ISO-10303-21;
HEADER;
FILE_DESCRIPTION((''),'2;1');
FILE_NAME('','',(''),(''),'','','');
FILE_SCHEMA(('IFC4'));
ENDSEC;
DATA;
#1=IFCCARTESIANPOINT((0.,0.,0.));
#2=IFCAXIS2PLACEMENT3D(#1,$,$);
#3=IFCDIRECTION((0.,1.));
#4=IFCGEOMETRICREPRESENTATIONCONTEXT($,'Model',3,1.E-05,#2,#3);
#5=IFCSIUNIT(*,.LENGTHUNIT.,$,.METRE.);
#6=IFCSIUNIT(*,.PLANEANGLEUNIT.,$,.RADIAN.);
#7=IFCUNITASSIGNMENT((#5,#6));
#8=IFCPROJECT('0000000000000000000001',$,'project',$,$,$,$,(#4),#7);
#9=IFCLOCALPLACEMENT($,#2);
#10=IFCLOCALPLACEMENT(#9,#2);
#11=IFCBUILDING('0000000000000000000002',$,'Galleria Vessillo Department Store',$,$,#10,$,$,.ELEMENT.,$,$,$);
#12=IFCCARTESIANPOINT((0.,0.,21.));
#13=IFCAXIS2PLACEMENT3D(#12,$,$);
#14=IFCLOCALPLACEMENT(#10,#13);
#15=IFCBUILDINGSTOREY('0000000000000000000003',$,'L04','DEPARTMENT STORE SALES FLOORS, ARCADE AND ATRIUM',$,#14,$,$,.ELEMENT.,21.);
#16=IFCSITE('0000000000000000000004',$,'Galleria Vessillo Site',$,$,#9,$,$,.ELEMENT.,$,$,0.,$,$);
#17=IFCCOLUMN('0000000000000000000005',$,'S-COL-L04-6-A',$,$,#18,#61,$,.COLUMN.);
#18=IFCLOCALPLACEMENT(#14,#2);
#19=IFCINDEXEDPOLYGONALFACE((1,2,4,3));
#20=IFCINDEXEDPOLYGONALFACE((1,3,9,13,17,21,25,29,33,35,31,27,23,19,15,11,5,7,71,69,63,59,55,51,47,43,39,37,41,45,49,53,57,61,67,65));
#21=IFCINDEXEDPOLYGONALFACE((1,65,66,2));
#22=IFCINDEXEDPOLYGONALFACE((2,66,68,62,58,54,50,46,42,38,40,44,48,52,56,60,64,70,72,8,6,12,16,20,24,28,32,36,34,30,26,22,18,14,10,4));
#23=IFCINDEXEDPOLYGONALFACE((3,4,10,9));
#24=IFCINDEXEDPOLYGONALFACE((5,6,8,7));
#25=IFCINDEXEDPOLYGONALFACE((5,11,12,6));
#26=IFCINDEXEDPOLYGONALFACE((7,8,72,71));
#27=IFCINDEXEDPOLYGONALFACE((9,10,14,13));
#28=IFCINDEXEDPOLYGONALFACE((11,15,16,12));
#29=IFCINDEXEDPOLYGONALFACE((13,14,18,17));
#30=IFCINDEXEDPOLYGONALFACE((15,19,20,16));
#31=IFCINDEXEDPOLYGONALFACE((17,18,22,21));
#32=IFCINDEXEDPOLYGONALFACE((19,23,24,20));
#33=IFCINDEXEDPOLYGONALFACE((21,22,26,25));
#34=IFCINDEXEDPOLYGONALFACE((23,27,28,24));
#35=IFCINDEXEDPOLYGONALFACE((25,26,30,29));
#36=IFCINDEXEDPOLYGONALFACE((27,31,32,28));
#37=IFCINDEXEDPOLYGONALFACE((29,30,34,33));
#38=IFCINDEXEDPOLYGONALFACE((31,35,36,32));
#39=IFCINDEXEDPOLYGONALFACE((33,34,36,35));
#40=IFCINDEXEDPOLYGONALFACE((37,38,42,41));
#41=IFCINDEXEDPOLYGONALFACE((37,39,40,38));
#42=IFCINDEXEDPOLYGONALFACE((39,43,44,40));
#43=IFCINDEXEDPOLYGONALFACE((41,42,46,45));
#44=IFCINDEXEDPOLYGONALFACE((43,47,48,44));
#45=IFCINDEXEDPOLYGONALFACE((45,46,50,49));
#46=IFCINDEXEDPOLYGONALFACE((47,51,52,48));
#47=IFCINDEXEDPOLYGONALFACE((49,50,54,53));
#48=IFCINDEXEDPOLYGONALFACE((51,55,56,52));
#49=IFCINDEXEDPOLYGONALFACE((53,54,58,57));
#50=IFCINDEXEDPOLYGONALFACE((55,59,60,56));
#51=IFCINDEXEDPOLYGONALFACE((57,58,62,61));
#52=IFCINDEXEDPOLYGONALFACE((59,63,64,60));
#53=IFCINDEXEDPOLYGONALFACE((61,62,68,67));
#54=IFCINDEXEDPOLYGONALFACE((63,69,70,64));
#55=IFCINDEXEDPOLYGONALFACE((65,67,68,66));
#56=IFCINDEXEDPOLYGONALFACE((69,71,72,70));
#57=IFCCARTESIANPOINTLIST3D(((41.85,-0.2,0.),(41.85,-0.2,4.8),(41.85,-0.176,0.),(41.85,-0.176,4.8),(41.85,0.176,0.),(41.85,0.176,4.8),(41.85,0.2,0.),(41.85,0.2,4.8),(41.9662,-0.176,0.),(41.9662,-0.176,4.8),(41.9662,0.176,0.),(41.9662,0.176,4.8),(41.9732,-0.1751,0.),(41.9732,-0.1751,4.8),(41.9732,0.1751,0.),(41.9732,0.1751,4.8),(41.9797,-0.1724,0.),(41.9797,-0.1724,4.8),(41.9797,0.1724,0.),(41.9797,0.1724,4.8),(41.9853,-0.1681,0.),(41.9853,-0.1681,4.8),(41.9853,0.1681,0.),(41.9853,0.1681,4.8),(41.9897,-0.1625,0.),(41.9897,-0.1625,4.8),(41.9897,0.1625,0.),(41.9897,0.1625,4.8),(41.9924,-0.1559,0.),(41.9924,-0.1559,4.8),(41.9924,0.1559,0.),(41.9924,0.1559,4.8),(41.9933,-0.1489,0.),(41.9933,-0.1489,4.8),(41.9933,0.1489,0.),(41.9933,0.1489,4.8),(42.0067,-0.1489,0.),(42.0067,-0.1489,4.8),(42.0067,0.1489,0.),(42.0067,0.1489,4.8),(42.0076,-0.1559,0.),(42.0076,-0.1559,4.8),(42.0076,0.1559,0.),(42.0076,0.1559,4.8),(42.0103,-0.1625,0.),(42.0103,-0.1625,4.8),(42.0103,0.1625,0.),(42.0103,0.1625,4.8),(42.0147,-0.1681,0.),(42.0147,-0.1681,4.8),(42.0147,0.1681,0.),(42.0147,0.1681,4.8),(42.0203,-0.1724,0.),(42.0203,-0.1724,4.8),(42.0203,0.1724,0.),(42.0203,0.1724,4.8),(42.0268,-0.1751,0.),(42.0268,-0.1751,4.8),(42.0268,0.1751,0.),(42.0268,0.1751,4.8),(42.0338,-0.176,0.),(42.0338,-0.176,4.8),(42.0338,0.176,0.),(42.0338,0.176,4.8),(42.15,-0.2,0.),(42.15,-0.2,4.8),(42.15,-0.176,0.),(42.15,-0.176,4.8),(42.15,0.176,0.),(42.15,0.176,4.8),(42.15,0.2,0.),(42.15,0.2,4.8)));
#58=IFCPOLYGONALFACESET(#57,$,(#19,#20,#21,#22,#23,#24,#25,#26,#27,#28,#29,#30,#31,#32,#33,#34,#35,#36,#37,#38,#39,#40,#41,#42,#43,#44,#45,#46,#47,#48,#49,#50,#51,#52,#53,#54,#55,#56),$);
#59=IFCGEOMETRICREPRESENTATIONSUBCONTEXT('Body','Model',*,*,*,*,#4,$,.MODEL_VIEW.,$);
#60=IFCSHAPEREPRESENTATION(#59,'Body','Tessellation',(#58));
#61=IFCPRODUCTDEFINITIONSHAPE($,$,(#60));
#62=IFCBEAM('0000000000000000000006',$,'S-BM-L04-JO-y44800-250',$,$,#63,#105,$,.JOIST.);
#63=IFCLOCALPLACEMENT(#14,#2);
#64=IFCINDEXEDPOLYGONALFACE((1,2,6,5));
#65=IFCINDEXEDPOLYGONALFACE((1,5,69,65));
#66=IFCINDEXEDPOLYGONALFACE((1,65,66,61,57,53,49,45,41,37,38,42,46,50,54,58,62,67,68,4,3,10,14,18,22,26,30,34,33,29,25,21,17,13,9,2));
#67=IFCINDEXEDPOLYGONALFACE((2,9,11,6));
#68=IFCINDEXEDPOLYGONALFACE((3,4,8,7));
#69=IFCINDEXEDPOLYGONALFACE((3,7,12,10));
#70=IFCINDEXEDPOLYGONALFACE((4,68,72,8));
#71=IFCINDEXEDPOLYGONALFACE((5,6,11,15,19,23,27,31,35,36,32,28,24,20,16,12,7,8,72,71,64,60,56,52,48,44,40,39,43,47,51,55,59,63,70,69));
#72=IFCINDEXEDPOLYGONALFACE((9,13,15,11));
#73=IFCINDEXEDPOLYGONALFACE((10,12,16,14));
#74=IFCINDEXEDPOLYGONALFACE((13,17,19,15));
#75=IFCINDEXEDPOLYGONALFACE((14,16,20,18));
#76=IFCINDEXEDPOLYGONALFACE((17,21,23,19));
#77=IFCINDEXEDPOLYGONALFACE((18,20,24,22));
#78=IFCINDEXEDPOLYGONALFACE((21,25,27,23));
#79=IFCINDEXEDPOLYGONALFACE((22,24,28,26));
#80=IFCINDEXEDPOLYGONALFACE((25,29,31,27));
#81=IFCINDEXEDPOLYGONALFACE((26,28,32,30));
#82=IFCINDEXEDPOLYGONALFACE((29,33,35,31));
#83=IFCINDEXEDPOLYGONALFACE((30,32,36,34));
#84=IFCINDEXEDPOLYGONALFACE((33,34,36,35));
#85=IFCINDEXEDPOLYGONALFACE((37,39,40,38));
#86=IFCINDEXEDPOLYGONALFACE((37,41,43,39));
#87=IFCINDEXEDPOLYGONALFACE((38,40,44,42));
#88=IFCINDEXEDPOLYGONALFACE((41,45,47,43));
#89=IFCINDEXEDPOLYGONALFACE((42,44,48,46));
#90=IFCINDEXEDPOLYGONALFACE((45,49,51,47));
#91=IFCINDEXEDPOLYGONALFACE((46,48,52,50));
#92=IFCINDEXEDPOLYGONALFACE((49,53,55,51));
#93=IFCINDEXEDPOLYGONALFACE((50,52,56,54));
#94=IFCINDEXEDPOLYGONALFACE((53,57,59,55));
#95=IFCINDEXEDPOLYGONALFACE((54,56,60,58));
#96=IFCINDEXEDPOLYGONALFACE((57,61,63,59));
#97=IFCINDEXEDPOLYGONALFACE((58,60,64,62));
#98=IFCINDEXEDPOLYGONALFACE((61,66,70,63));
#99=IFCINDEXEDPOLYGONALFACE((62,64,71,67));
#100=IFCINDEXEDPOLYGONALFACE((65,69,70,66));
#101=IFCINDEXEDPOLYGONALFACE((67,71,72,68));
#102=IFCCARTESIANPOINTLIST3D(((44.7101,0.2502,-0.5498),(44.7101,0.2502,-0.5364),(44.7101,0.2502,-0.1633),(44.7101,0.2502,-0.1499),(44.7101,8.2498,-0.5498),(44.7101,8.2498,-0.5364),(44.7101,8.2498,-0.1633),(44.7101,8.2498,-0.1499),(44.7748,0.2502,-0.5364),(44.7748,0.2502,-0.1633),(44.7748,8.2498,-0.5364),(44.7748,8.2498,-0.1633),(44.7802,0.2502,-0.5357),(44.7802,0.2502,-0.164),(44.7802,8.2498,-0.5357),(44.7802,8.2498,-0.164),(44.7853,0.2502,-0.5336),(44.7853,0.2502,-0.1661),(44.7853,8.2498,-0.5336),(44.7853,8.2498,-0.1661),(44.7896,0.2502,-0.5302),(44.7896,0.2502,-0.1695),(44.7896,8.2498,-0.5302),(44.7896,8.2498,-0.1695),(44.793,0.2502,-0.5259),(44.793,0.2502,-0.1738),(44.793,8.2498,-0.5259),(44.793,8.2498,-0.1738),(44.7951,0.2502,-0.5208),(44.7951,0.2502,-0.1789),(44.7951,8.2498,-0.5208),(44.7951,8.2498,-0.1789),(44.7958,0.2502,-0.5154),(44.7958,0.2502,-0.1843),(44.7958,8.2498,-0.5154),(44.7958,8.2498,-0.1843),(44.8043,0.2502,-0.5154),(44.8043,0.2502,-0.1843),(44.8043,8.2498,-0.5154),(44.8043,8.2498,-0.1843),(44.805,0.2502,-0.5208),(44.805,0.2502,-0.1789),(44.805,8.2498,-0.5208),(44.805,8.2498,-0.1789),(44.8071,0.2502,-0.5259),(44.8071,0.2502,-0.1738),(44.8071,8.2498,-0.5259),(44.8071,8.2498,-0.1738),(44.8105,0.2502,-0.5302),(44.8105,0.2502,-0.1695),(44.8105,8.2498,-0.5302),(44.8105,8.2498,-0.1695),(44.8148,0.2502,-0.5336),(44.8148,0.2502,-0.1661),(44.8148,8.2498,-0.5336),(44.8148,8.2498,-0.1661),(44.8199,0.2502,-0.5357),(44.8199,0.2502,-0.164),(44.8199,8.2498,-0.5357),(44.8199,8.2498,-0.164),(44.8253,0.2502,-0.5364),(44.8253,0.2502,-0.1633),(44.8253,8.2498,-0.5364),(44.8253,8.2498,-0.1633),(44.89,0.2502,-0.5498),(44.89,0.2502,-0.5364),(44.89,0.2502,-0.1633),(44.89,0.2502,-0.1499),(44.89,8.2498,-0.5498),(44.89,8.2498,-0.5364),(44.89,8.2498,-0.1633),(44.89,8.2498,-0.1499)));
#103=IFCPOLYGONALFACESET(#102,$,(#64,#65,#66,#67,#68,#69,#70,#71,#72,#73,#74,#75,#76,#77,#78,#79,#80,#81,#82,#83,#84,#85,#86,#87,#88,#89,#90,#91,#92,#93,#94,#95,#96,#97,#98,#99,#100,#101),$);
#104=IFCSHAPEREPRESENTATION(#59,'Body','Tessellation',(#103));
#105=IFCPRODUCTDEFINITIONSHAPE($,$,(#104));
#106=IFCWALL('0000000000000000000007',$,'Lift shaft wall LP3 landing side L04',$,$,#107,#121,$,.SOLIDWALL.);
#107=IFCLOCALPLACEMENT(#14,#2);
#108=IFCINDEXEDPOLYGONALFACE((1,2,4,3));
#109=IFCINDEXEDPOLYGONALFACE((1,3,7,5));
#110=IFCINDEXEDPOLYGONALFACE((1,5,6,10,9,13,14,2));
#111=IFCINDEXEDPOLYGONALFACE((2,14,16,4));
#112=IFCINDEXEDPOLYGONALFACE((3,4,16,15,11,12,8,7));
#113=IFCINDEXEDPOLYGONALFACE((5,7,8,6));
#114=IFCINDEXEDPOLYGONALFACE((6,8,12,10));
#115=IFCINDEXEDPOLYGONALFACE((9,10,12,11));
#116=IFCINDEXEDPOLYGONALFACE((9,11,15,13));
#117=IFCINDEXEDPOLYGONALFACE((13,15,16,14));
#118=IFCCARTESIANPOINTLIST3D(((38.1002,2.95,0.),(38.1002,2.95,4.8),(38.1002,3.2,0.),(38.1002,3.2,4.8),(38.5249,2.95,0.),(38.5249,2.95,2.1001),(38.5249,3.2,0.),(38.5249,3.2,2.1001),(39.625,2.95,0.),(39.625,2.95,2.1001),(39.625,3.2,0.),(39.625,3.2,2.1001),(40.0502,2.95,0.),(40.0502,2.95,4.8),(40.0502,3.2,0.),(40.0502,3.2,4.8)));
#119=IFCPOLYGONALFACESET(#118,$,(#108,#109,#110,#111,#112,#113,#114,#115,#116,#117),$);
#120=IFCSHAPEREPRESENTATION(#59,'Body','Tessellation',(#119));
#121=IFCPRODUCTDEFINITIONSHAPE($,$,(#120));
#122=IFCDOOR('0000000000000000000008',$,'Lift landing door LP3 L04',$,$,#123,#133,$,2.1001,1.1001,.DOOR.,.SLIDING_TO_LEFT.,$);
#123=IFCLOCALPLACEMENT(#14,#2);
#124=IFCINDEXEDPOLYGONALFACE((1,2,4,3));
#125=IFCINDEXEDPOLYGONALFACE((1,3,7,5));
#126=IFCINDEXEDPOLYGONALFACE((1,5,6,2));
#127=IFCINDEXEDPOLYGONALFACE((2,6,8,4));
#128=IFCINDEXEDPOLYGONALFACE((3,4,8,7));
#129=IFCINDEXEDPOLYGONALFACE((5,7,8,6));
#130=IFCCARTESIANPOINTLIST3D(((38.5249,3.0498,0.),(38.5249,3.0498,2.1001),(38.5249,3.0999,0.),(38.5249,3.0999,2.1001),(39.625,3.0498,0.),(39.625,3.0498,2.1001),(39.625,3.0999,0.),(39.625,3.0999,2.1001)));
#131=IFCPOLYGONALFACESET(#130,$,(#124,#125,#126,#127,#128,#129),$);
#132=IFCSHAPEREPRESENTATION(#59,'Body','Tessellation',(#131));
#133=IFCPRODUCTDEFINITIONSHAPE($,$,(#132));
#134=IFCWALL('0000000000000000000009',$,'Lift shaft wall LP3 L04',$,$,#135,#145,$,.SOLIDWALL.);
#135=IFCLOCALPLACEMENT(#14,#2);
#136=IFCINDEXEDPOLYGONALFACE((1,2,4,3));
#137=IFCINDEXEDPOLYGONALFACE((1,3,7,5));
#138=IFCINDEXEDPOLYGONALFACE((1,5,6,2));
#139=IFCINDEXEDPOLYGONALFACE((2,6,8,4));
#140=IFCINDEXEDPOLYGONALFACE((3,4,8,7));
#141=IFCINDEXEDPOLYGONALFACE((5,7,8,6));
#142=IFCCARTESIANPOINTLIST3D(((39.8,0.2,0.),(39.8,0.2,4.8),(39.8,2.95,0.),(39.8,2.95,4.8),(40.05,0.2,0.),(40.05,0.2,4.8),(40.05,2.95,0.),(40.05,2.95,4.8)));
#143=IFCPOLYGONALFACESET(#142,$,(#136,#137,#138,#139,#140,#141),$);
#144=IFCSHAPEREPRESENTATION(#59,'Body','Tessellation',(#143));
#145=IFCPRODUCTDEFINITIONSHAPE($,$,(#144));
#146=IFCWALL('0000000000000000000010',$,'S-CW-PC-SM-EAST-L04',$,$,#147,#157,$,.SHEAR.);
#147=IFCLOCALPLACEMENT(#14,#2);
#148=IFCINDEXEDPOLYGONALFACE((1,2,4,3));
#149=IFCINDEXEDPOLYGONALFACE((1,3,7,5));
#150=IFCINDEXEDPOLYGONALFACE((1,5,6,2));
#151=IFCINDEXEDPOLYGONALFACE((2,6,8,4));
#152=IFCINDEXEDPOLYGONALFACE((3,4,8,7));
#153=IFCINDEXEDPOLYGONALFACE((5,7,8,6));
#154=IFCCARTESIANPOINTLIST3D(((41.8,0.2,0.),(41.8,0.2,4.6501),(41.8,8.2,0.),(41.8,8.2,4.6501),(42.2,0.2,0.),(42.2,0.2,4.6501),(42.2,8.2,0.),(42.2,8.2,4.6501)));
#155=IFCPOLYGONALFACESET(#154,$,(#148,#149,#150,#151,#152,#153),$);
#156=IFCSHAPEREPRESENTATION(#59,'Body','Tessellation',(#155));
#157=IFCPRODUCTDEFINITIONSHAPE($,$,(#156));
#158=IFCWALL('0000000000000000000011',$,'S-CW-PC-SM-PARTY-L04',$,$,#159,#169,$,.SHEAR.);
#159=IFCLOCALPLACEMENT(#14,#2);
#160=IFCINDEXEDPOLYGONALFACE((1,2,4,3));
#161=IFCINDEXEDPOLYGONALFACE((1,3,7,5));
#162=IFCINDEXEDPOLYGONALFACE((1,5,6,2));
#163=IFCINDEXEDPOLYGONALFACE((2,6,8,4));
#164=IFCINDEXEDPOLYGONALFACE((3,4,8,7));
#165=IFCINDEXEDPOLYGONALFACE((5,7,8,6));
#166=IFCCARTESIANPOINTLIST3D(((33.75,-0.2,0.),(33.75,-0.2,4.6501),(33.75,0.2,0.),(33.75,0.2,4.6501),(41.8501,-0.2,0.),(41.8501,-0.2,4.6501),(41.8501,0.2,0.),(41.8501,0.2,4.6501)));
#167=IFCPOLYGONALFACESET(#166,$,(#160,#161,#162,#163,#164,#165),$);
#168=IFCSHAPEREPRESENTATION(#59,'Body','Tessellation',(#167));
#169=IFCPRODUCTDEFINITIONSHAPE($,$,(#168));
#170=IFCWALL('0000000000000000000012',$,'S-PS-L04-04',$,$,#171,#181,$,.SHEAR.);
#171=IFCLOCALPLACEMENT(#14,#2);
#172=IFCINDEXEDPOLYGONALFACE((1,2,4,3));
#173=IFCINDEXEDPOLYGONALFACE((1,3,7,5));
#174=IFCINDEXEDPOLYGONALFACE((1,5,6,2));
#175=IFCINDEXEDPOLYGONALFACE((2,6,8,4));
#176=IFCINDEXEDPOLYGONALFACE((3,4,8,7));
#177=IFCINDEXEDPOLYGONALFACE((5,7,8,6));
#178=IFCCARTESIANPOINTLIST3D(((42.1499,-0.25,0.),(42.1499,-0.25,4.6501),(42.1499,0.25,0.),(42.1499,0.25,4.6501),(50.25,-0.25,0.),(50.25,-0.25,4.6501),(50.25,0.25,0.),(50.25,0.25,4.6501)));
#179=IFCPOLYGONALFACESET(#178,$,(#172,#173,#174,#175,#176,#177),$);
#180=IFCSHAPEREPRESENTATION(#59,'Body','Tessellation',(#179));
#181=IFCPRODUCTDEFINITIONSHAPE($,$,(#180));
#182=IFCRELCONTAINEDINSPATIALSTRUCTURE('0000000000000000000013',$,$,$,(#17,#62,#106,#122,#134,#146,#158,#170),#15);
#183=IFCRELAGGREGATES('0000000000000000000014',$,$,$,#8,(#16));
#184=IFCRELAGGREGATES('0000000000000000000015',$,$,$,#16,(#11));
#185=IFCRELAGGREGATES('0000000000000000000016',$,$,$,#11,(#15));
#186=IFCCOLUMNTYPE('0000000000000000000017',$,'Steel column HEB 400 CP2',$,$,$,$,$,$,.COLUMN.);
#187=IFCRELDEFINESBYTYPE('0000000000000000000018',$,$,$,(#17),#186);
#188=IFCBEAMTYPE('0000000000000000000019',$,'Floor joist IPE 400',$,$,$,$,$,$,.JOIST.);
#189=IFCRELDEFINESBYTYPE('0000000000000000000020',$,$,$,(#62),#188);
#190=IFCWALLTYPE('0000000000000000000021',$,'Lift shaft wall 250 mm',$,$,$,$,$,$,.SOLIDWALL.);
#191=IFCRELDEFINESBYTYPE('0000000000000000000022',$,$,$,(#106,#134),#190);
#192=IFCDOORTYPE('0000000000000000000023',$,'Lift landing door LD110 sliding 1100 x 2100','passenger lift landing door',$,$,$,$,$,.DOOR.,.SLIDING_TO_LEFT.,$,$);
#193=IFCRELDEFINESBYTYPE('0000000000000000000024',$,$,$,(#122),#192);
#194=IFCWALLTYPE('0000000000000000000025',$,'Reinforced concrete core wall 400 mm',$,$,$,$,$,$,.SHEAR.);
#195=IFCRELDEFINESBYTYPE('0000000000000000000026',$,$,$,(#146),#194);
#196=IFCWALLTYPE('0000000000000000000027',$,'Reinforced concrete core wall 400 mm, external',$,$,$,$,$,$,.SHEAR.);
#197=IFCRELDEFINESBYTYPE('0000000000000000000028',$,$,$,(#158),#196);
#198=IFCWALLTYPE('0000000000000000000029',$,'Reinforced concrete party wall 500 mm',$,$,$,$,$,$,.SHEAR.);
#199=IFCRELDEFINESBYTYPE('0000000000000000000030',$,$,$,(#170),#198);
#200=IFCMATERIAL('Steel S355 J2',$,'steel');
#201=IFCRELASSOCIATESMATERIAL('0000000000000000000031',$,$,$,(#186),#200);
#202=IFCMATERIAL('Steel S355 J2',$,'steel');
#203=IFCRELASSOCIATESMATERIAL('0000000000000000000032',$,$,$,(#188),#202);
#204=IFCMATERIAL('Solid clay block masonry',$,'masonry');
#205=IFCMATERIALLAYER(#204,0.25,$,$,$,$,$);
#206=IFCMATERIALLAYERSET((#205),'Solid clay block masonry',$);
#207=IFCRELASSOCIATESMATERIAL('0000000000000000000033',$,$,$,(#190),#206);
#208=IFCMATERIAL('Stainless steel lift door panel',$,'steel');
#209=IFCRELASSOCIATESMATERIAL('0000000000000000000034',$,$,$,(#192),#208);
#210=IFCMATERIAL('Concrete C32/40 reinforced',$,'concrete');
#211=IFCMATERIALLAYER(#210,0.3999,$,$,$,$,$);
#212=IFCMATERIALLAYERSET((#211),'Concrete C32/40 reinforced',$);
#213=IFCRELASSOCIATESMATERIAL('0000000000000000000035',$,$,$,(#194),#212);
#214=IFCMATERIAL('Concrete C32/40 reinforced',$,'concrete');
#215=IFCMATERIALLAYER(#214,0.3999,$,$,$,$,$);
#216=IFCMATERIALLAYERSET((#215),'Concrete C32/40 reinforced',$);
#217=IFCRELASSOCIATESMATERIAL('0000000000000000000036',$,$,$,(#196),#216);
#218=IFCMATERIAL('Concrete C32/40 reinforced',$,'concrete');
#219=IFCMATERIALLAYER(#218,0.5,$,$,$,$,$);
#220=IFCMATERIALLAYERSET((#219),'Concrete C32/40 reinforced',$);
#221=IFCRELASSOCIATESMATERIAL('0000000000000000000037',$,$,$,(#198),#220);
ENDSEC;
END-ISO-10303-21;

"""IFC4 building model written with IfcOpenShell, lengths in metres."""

from ifc_helpers import new_model, si_unit, direction, frame, frame_2d, origin, origin_2d, place, context, subcontext, project, spatial, rectangle, i_section, extrude, material, layer, layer_set, material_profile, profile_set, type_object, element, fill, save


model = new_model("IFC4")

# Units and contexts
model_context = context("Model", 3, precision=1e-05, world=origin(), true_north=direction((0.0, 1.0)))
body_context = subcontext(model_context, "Body", "Model", "MODEL_VIEW")
ifc_project = project(units=[si_unit("LENGTHUNIT", "METRE"), si_unit("PLANEANGLEUNIT", "RADIAN")], contexts=[model_context])

# Site, building, storey
site_placement = place(None, origin())
site = spatial("IfcSite", under=ifc_project, at=site_placement, Name="Galleria Vessillo Site", CompositionType="ELEMENT", RefElevation=0.0)
building_placement = place(site_placement, origin())
building = spatial("IfcBuilding", under=site, at=building_placement, Name="Galleria Vessillo Department Store", CompositionType="ELEMENT")
storey_placement = place(building_placement, frame((0.0, 0.0, 21.0)))
storey = spatial("IfcBuildingStorey", under=building, at=storey_placement, Name="L04", Description="DEPARTMENT STORE SALES FLOORS, ARCADE AND ATRIUM", CompositionType="ELEMENT", Elevation=21.0)

# Column
ifc_material_1 = material(Name="Steel S355 J2", Category="steel")
ifc_material_profile_1 = material_profile(ifc_material_1, i_section(OverallWidth=0.3, OverallDepth=0.3999, WebThickness=0.0134, FlangeThickness=0.0239, FilletRadius=0.0271, at=origin_2d()), Name="HEB 400")
ifc_profile_set_1 = profile_set([ifc_material_profile_1], Name="Steel S355 J2")
column_type = type_object("IfcColumnType", Name="Steel column HEB 400 CP2", PredefinedType="COLUMN", material=ifc_profile_set_1)
column_placement = place(storey_placement, frame((42.0, 0.0, 0.0), z_axis=(0.0, 0.0, 1.0), x_axis=(1.0, 0.0, 0.0)))
element("IfcColumn", 1, at=column_placement, inside=storey, type_object=column_type, Name="S-COL-L04-6-A", PredefinedType="COLUMN", context=body_context, shape_type="SweptSolid", body=[
    extrude(i_section(OverallWidth=0.3, OverallDepth=0.3999, WebThickness=0.0134, FlangeThickness=0.0239, FilletRadius=0.0271, at=origin_2d()), origin(), (0.0, 0.0, 1.0), 4.8),
])

# Beam
ifc_material_2 = material(Name="Steel S355 J2", Category="steel")
ifc_material_profile_2 = material_profile(ifc_material_2, i_section(OverallWidth=0.1799, OverallDepth=0.3999, WebThickness=0.0085, FlangeThickness=0.0134, FilletRadius=0.021, at=origin_2d()), Name="IPE 400")
ifc_profile_set_2 = profile_set([ifc_material_profile_2], Name="Steel S355 J2")
beam_type = type_object("IfcBeamType", Name="Floor joist IPE 400", PredefinedType="JOIST", material=ifc_profile_set_2)
beam_placement = place(storey_placement, frame((44.8, 0.2502, -0.3499), z_axis=(0.0, 1.0, 0.0), x_axis=(-1.0, 0.0, 0.0)))
element("IfcBeam", 2, at=beam_placement, inside=storey, type_object=beam_type, Name="S-BM-L04-JO-y44800-250", PredefinedType="JOIST", context=body_context, shape_type="SweptSolid", body=[
    extrude(i_section(OverallWidth=0.1799, OverallDepth=0.3999, WebThickness=0.0085, FlangeThickness=0.0134, FilletRadius=0.021, at=origin_2d()), origin(), (0.0, 0.0, 1.0), 7.9995),
])

# Wall, opening, door
ifc_material_3 = material(Name="Solid clay block masonry", Category="masonry")
ifc_layer_1 = layer(ifc_material_3, 0.25)
ifc_layer_set_1 = layer_set([ifc_layer_1], Name="Solid clay block masonry")
wall_type_1 = type_object("IfcWallType", Name="Lift shaft wall 250 mm", PredefinedType="SOLIDWALL", material=ifc_layer_set_1)
wall_1_placement = place(storey_placement, frame((38.1001, 3.075, 0.0), z_axis=(0.0, 0.0, 1.0), x_axis=(1.0, 0.0, 0.0)))
wall_1 = element("IfcWall", 3, at=wall_1_placement, inside=storey, type_object=wall_type_1, Name="Lift shaft wall LP3 landing side L04", PredefinedType="SOLIDWALL", context=body_context, shape_type="SweptSolid", body=[
    extrude(rectangle(XDim=1.95, YDim=0.25, at=frame_2d((0.9751, 0.0))), origin(), (0.0, 0.0, 1.0), 4.8),
])
opening_1_placement = place(wall_1_placement, frame((0.4248, 0.0, 0.0)))
opening_1 = element("IfcOpeningElement", 4, at=opening_1_placement, cuts=wall_1, PredefinedType="OPENING", context=body_context, shape_type="SweptSolid", body=[
    extrude(rectangle(XDim=1.1001, YDim=2.1001, at=frame_2d((0.55, 1.05))), frame((0.0, 0.135, 0.0), z_axis=(0.0, -1.0, 0.0), x_axis=(1.0, 0.0, 0.0)), (0.0, 0.0, 1.0), 0.27),
])
ifc_material_4 = material(Name="Stainless steel lift door panel", Category="steel")
door_type_1 = type_object("IfcDoorType", Name="Lift landing door LD110 sliding 1100 x 2100", Description="passenger lift landing door", OperationType="SLIDING_TO_LEFT", PredefinedType="DOOR", material=ifc_material_4)
door_1_placement = place(opening_1_placement, origin())
door_1 = element("IfcDoor", 5, at=door_1_placement, inside=storey, type_object=door_type_1, Name="Lift landing door LP3 L04", OperationType="SLIDING_TO_LEFT", OverallHeight=2.1001, OverallWidth=1.1001, PredefinedType="DOOR", context=body_context, shape_type="SweptSolid", body=[
    extrude(rectangle(XDim=1.1001, YDim=2.1001, at=frame_2d((0.55, 1.05))), frame((0.0, 0.0249, 0.0), z_axis=(0.0, -1.0, 0.0), x_axis=(1.0, 0.0, 0.0)), (0.0, 0.0, 1.0), 0.05),
])
fill(opening_1, door_1)

# Walls
wall_2_placement = place(storey_placement, frame((39.925, 0.2, 0.0), z_axis=(0.0, 0.0, 1.0), x_axis=(0.0, 1.0, 0.0)))
element("IfcWall", 6, at=wall_2_placement, inside=storey, type_object=wall_type_1, Name="Lift shaft wall LP3 L04", PredefinedType="SOLIDWALL", context=body_context, shape_type="SweptSolid", body=[
    extrude(rectangle(XDim=2.75, YDim=0.25, at=frame_2d((1.375, 0.0))), origin(), (0.0, 0.0, 1.0), 4.8),
])
ifc_material_5 = material(Name="Concrete C32/40 reinforced", Category="concrete")
ifc_layer_2 = layer(ifc_material_5, 0.3999)
ifc_layer_set_2 = layer_set([ifc_layer_2], Name="Concrete C32/40 reinforced")
wall_type_2 = type_object("IfcWallType", Name="Reinforced concrete core wall 400 mm", PredefinedType="SHEAR", material=ifc_layer_set_2)
wall_3_placement = place(storey_placement, frame((42.0, 0.2, 0.0), z_axis=(0.0, 0.0, 1.0), x_axis=(0.0, 1.0, 0.0)))
element("IfcWall", 7, at=wall_3_placement, inside=storey, type_object=wall_type_2, Name="S-CW-PC-SM-EAST-L04", PredefinedType="SHEAR", context=body_context, shape_type="SweptSolid", body=[
    extrude(rectangle(XDim=8.0, YDim=0.3999, at=frame_2d((4.0, 0.0))), origin(), (0.0, 0.0, 1.0), 4.6501),
])
ifc_material_6 = material(Name="Concrete C32/40 reinforced", Category="concrete")
ifc_layer_3 = layer(ifc_material_6, 0.3999)
ifc_layer_set_3 = layer_set([ifc_layer_3], Name="Concrete C32/40 reinforced")
wall_type_3 = type_object("IfcWallType", Name="Reinforced concrete core wall 400 mm, external", PredefinedType="SHEAR", material=ifc_layer_set_3)
wall_4_placement = place(storey_placement, frame((33.75, 0.0, 0.0), z_axis=(0.0, 0.0, 1.0), x_axis=(1.0, 0.0, 0.0)))
element("IfcWall", 8, at=wall_4_placement, inside=storey, type_object=wall_type_3, Name="S-CW-PC-SM-PARTY-L04", PredefinedType="SHEAR", context=body_context, shape_type="SweptSolid", body=[
    extrude(rectangle(XDim=8.1001, YDim=0.3999, at=frame_2d((4.05, 0.0))), origin(), (0.0, 0.0, 1.0), 4.6501),
])
ifc_material_7 = material(Name="Concrete C32/40 reinforced", Category="concrete")
ifc_layer_4 = layer(ifc_material_7, 0.5)
ifc_layer_set_4 = layer_set([ifc_layer_4], Name="Concrete C32/40 reinforced")
wall_type_4 = type_object("IfcWallType", Name="Reinforced concrete party wall 500 mm", PredefinedType="SHEAR", material=ifc_layer_set_4)
wall_5_placement = place(storey_placement, frame((42.1499, 0.0, 0.0), z_axis=(0.0, 0.0, 1.0), x_axis=(1.0, 0.0, 0.0)))
element("IfcWall", 9, at=wall_5_placement, inside=storey, type_object=wall_type_4, Name="S-PS-L04-04", PredefinedType="SHEAR", context=body_context, shape_type="SweptSolid", body=[
    extrude(rectangle(XDim=8.1001, YDim=0.5, at=frame_2d((4.05, 0.0))), origin(), (0.0, 0.0, 1.0), 4.6501),
])

save(model, "model.ifc")
